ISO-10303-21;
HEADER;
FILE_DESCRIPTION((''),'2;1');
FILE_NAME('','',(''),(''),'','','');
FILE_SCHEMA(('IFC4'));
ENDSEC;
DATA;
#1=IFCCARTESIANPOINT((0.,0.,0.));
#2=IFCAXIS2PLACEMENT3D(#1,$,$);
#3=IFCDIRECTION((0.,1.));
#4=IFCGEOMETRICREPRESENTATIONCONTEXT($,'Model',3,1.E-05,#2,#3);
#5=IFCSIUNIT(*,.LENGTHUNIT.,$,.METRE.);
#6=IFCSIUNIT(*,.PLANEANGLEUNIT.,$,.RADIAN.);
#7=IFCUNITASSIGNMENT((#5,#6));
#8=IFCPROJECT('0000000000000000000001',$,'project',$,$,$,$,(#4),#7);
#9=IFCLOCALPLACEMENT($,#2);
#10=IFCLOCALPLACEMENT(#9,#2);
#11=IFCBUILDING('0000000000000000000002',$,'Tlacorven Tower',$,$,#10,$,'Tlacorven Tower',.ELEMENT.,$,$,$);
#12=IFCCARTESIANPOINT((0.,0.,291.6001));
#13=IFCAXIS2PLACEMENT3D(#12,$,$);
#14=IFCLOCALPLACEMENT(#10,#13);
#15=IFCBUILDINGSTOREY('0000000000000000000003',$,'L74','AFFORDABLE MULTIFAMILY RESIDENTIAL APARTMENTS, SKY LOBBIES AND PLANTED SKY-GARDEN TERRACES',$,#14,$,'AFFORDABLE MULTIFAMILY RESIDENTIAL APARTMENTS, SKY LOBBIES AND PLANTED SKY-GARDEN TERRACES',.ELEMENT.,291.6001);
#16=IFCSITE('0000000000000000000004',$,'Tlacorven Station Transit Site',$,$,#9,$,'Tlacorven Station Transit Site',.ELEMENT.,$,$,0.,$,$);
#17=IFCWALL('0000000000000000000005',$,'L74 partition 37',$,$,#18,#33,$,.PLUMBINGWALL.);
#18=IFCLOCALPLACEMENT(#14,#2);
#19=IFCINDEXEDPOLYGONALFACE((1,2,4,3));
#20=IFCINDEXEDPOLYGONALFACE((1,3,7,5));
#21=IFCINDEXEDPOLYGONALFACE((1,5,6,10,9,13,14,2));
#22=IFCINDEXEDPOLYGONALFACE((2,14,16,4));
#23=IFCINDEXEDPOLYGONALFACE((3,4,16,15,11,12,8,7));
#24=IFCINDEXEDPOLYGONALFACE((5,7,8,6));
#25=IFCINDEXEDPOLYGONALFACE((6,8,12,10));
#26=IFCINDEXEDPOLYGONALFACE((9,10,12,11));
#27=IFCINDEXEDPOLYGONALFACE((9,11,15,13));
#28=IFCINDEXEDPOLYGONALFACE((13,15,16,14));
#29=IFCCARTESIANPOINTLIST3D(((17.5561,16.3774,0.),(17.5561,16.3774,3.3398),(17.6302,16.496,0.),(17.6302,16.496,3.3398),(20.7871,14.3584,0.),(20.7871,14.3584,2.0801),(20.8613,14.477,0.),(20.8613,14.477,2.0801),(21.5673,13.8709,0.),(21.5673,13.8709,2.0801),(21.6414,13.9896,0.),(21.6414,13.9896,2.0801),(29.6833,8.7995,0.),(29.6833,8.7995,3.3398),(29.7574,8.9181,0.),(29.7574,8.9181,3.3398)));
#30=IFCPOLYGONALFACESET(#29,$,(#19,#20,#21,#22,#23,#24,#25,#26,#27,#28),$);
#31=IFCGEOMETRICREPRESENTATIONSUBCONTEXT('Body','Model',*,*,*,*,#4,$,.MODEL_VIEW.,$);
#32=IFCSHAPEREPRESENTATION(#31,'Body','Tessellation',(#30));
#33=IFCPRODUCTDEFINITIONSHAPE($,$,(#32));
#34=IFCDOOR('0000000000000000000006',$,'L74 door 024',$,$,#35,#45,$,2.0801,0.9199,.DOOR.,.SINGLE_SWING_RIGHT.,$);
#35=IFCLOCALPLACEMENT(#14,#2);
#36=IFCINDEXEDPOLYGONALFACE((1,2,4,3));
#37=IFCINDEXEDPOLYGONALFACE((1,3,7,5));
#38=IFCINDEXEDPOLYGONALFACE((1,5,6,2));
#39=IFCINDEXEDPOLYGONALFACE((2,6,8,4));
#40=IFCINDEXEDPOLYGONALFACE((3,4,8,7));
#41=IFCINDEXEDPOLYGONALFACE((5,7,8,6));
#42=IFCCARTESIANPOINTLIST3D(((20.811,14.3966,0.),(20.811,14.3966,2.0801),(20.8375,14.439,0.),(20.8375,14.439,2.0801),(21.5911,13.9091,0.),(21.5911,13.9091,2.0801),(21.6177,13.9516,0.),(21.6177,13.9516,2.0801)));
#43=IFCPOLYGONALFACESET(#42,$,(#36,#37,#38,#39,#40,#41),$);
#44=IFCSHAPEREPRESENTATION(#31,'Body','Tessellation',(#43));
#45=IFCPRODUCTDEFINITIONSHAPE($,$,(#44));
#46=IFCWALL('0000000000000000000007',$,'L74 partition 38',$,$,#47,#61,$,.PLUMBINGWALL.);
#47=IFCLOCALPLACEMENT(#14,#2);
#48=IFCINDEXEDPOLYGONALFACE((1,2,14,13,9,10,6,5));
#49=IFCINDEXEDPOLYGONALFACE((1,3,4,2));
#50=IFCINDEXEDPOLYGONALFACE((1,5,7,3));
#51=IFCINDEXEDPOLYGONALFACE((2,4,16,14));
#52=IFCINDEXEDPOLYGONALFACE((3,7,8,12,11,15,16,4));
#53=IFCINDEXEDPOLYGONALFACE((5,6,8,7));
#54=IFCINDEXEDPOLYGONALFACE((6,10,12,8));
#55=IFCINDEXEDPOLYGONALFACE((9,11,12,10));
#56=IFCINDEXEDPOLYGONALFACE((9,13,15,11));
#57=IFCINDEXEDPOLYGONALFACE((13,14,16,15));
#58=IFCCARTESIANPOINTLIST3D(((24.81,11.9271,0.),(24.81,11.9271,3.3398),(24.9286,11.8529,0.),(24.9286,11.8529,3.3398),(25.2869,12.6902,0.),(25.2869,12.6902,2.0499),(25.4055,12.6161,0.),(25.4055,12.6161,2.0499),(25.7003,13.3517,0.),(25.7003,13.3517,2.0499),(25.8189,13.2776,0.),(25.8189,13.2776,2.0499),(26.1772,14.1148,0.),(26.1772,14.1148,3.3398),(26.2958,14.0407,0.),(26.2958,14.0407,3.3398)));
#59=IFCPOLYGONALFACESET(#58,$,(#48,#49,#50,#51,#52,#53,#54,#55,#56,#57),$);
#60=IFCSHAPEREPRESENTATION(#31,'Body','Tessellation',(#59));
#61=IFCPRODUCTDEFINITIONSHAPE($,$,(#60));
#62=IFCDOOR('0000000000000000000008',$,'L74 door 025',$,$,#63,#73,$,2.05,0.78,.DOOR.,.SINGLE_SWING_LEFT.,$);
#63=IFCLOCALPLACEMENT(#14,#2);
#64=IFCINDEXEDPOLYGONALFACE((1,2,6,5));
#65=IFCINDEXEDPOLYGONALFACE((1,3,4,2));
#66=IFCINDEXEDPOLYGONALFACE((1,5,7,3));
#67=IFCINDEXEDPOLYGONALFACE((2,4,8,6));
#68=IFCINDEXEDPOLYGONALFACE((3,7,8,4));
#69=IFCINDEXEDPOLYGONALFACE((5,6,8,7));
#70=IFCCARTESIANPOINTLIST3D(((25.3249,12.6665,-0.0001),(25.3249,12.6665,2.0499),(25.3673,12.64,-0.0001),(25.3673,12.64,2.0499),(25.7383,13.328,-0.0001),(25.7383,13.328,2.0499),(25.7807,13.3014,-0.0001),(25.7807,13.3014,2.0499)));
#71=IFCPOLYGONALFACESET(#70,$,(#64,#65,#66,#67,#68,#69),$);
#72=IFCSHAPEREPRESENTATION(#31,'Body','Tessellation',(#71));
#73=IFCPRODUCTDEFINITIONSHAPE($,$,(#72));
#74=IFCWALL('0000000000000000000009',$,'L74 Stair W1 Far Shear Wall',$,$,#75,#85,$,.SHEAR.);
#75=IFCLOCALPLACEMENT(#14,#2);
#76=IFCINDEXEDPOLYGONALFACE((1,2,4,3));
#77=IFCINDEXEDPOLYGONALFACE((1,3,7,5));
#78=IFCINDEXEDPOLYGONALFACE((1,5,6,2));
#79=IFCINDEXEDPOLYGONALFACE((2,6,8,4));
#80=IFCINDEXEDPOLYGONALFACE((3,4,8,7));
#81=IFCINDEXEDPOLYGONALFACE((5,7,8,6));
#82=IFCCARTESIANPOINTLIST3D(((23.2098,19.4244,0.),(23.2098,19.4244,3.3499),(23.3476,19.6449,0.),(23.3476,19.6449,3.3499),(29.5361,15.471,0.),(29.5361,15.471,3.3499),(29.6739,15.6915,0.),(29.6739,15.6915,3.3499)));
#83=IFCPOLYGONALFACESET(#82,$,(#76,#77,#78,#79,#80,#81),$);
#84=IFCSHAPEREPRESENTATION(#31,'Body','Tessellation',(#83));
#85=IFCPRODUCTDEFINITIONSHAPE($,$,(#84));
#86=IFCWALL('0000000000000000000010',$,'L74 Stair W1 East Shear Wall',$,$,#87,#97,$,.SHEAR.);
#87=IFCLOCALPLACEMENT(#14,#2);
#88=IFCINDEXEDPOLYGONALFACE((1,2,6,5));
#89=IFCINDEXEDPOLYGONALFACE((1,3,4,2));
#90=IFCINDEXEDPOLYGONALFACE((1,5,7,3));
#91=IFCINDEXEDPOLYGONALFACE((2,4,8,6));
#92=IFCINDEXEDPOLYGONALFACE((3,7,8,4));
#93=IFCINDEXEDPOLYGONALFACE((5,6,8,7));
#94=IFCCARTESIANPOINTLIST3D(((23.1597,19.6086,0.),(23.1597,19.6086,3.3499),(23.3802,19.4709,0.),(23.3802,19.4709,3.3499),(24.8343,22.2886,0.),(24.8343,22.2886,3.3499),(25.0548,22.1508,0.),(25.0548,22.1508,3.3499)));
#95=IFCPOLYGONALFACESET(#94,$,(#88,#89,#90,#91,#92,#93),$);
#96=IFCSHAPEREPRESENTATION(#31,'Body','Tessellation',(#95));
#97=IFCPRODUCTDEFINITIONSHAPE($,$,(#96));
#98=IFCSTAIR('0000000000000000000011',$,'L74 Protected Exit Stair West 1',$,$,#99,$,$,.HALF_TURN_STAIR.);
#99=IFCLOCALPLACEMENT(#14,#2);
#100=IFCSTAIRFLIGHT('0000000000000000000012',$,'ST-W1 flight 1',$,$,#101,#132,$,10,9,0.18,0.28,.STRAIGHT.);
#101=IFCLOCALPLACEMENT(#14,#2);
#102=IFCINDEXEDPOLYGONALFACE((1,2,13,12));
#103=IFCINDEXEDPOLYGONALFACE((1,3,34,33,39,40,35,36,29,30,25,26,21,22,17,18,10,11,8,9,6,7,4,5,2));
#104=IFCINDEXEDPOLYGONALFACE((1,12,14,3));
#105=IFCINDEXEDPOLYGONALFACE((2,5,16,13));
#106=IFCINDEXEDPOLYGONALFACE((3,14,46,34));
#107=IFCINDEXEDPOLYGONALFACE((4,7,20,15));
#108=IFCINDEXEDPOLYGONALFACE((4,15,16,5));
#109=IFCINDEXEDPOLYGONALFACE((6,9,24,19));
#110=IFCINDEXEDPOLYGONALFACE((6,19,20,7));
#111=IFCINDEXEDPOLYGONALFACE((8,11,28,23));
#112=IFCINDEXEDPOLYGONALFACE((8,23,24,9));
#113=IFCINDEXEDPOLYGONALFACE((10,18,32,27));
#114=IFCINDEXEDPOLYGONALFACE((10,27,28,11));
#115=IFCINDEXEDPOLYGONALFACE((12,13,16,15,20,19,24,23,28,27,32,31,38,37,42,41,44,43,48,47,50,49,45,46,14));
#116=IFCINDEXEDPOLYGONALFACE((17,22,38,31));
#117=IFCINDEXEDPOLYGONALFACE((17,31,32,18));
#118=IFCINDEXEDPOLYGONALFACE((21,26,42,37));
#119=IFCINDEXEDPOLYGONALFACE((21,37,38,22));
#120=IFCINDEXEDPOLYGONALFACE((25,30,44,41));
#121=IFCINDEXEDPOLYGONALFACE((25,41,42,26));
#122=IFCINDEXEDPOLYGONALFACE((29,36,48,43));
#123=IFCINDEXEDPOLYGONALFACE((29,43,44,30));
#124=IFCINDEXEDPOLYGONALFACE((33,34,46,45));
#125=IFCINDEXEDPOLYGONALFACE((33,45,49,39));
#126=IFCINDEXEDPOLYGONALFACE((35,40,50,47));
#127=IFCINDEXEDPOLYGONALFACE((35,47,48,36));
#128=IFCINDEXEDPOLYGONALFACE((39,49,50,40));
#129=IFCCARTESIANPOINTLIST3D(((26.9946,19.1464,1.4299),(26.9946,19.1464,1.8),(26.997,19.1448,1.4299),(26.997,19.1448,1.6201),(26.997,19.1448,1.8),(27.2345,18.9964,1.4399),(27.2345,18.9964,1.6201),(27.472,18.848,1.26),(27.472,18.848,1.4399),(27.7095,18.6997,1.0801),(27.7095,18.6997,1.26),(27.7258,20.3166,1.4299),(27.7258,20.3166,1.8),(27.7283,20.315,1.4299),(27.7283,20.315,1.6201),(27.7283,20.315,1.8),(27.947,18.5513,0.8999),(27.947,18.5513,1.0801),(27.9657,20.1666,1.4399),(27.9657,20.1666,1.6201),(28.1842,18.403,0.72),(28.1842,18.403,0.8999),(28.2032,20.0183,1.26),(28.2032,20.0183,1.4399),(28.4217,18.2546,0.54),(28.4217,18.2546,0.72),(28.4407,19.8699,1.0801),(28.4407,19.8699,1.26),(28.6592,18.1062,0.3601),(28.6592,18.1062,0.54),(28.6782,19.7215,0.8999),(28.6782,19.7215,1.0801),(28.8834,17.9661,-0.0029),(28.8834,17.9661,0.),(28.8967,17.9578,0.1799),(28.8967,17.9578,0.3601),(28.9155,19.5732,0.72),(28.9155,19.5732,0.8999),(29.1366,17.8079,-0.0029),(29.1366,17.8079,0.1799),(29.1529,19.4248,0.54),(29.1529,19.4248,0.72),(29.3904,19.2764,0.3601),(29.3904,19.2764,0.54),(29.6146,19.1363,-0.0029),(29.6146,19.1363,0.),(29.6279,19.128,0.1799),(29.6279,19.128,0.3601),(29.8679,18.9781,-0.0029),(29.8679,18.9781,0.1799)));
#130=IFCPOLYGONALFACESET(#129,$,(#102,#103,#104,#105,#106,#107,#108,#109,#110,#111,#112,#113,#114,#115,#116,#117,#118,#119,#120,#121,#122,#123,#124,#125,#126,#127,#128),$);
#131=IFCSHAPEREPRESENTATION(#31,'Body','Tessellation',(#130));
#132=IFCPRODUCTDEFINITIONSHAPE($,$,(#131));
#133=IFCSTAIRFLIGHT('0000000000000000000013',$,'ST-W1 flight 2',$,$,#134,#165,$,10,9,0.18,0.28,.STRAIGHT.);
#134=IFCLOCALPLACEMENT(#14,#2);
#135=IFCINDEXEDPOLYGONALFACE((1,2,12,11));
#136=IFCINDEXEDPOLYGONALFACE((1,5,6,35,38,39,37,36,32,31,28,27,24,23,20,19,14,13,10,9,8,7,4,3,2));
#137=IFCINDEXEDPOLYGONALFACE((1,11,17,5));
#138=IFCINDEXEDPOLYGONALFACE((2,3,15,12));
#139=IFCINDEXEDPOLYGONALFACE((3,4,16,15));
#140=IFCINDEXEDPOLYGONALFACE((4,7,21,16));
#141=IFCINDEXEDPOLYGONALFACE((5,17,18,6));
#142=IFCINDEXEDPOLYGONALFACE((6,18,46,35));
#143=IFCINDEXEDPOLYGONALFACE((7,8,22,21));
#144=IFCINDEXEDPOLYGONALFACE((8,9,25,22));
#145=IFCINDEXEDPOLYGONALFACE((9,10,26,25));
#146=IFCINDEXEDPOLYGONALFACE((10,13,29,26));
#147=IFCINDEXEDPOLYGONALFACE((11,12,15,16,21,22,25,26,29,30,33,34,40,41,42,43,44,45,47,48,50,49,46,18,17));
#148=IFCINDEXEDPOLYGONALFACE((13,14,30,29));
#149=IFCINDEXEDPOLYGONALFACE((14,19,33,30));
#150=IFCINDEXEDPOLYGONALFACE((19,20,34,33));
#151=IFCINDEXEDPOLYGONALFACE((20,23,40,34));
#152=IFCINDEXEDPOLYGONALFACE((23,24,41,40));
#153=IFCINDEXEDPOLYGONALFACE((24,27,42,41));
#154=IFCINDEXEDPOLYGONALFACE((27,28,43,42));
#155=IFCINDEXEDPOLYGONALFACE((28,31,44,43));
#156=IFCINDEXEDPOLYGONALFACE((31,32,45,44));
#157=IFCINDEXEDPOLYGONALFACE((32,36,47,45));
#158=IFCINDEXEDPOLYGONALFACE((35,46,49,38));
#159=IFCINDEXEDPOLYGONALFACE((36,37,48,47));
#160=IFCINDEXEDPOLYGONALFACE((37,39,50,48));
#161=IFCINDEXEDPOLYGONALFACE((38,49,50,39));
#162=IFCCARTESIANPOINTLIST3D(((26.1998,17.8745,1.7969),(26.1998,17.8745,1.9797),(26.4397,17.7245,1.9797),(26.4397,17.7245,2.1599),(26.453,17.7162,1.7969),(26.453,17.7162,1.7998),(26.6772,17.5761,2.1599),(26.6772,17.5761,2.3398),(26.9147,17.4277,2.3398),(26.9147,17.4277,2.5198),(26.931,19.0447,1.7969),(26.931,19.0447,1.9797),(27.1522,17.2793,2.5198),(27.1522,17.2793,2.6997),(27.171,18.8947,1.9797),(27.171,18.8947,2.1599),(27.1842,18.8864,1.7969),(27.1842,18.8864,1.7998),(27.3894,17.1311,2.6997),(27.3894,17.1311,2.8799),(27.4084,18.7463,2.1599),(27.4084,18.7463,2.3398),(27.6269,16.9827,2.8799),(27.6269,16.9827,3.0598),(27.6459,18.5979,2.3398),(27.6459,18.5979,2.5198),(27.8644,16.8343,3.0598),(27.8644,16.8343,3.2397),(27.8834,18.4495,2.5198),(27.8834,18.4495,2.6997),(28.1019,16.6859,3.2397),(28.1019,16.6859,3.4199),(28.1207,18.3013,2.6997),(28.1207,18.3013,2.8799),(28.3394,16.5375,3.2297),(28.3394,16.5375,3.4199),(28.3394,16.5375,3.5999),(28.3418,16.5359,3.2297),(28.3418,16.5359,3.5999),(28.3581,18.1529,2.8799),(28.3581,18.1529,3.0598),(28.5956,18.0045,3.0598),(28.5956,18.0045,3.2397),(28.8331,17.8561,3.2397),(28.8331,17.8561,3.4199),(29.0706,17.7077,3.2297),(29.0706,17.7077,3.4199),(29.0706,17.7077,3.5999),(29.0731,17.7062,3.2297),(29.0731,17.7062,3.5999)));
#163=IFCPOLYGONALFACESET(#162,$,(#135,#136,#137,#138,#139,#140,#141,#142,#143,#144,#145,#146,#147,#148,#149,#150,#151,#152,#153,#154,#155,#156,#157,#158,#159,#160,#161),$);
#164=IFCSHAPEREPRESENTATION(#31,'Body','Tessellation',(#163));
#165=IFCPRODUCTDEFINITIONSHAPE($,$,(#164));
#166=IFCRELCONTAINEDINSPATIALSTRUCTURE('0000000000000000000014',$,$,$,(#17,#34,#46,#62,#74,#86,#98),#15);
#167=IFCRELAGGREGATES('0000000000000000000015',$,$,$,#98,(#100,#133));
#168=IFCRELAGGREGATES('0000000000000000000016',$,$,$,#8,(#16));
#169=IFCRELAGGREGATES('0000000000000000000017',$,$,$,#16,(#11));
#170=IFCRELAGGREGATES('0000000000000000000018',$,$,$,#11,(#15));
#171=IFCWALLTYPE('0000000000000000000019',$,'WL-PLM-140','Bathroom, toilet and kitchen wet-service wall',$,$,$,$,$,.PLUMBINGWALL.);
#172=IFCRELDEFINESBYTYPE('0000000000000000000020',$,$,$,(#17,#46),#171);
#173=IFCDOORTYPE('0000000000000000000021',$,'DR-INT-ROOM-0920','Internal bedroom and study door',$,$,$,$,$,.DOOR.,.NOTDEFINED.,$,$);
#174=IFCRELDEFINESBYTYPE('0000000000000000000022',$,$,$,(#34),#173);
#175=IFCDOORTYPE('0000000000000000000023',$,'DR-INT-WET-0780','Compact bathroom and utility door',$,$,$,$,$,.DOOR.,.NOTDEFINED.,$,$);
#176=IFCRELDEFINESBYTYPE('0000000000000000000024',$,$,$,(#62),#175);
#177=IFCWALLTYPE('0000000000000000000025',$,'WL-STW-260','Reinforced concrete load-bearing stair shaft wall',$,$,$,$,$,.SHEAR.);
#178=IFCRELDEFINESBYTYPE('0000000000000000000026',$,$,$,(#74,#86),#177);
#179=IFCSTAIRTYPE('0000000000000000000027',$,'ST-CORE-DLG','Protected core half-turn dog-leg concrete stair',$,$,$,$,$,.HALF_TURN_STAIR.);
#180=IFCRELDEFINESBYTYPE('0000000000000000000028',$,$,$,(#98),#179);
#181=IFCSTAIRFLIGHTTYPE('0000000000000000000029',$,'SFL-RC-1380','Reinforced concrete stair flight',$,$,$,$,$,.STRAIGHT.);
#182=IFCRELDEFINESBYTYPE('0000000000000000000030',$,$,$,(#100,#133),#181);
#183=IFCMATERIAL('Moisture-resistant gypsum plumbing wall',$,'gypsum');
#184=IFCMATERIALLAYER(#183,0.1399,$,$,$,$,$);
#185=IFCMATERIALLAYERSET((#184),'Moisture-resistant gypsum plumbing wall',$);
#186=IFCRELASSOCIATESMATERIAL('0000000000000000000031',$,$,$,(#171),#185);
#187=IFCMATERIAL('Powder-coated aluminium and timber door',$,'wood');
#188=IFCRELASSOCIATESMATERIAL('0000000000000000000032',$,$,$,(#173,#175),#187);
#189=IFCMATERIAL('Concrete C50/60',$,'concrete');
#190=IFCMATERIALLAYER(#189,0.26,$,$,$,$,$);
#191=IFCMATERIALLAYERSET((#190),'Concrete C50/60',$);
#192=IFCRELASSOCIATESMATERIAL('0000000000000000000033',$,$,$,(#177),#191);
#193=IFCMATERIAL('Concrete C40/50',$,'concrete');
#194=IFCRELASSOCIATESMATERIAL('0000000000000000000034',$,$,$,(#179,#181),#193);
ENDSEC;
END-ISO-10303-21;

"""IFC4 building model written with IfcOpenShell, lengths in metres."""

from ifc_helpers import new_model, si_unit, direction, frame, frame_2d, origin, place, context, subcontext, project, spatial, polyline, rectangle, outline, extrude, source, transform, mapped, material, layer, layer_set, type_object, element, fill, aggregate, save


model = new_model("IFC4")

# Units and contexts
model_context = context("Model", 3, precision=1e-05, world=origin(), true_north=direction((0.0, 1.0)))
body_context = subcontext(model_context, "Body", "Model", "MODEL_VIEW")
ifc_project = project(units=[si_unit("LENGTHUNIT", "METRE"), si_unit("PLANEANGLEUNIT", "RADIAN")], contexts=[model_context])

# Site, building, storey
site_placement = place(None, origin())
site = spatial("IfcSite", under=ifc_project, at=site_placement, Name="Tlacorven Station Transit Site", LongName="Tlacorven Station Transit Site", CompositionType="ELEMENT", RefElevation=0.0)
building_placement = place(site_placement, origin())
building = spatial("IfcBuilding", under=site, at=building_placement, Name="Tlacorven Tower", LongName="Tlacorven Tower", CompositionType="ELEMENT")
storey_placement = place(building_placement, frame((0.0, 0.0, 291.6001)))
storey = spatial("IfcBuildingStorey", under=building, at=storey_placement, Name="L74", Description="AFFORDABLE MULTIFAMILY RESIDENTIAL APARTMENTS, SKY LOBBIES AND PLANTED SKY-GARDEN TERRACES", LongName="AFFORDABLE MULTIFAMILY RESIDENTIAL APARTMENTS, SKY LOBBIES AND PLANTED SKY-GARDEN TERRACES", CompositionType="ELEMENT", Elevation=291.6001)

# Shared definitions
ifc_material_1 = material(Name="Powder-coated aluminium and timber door", Category="wood")

# Walls, openings, doors
ifc_material_2 = material(Name="Moisture-resistant gypsum plumbing wall", Category="gypsum")
ifc_layer_1 = layer(ifc_material_2, 0.1399)
ifc_layer_set_1 = layer_set([ifc_layer_1], Name="Moisture-resistant gypsum plumbing wall")
wall_type_1 = type_object("IfcWallType", Name="WL-PLM-140", Description="Bathroom, toilet and kitchen wet-service wall", PredefinedType="PLUMBINGWALL", material=ifc_layer_set_1)
wall_1_placement = place(storey_placement, frame((29.7202, 8.8589, 0.0), z_axis=(0.0, 0.0, 1.0), x_axis=(-0.848049, 0.529918, 0.0)))
wall_1 = element("IfcWall", 1, at=wall_1_placement, inside=storey, type_object=wall_type_1, Name="L74 partition 37", PredefinedType="PLUMBINGWALL", context=body_context, shape_type="SweptSolid", body=[
    extrude(rectangle(XDim=14.3, YDim=0.1399, at=frame_2d((7.1499, 0.0))), origin(), (0.0, 0.0, 1.0), 3.3398),
])
opening_1_placement = place(wall_1_placement, frame((9.5701, 0.0, 0.0)))
opening_1 = element("IfcOpeningElement", 2, at=opening_1_placement, cuts=wall_1, PredefinedType="OPENING", context=body_context, shape_type="SweptSolid", body=[
    extrude(rectangle(XDim=0.9199, YDim=2.0801, at=frame_2d((0.46, 1.04))), frame((0.0, 0.0801, 0.0), z_axis=(0.0, -1.0, 0.0), x_axis=(1.0, 0.0, 0.0)), (0.0, 0.0, 1.0), 0.1599),
])
door_type_1 = type_object("IfcDoorType", Name="DR-INT-ROOM-0920", Description="Internal bedroom and study door", OperationType="NOTDEFINED", PredefinedType="DOOR", material=ifc_material_1)
shared_shape_1 = source(origin(), body_context, "Body", "SweptSolid", [
    extrude(rectangle(XDim=0.9199, YDim=2.0801, at=frame_2d((0.46, 1.04))), frame((0.0, 0.0249, 0.0), z_axis=(0.0, -1.0, 0.0), x_axis=(1.0, 0.0, 0.0)), (0.0, 0.0, 1.0), 0.05),
])
door_1_placement = place(opening_1_placement, origin())
door_1 = element("IfcDoor", 3, at=door_1_placement, inside=storey, type_object=door_type_1, Name="L74 door 024", OperationType="SINGLE_SWING_RIGHT", OverallHeight=2.0801, OverallWidth=0.9199, PredefinedType="DOOR", context=body_context, shape_type="MappedRepresentation", body=[
    mapped(shared_shape_1, transform((0.0, 0.0, 0.0), scale=1.0)),
])
fill(opening_1, door_1)
wall_2_placement = place(storey_placement, frame((26.2366, 14.0779, 0.0), z_axis=(0.0, 0.0, 1.0), x_axis=(-0.529956, -0.848025, 0.0)))
wall_2 = element("IfcWall", 4, at=wall_2_placement, inside=storey, type_object=wall_type_1, Name="L74 partition 38", PredefinedType="PLUMBINGWALL", context=body_context, shape_type="SweptSolid", body=[
    extrude(rectangle(XDim=2.5798, YDim=0.1399, at=frame_2d((1.29, 0.0))), origin(), (0.0, 0.0, 1.0), 3.3398),
])
opening_2_placement = place(wall_2_placement, frame((0.8999, 0.0, 0.0)))
opening_2 = element("IfcOpeningElement", 5, at=opening_2_placement, cuts=wall_2, PredefinedType="OPENING", context=body_context, shape_type="SweptSolid", body=[
    extrude(rectangle(XDim=0.78, YDim=2.05, at=frame_2d((0.3901, 1.0249))), frame((0.0, 0.0801, 0.0), z_axis=(0.0, -1.0, 0.0), x_axis=(1.0, 0.0, 0.0)), (0.0, 0.0, 1.0), 0.1599),
])
door_type_2 = type_object("IfcDoorType", Name="DR-INT-WET-0780", Description="Compact bathroom and utility door", OperationType="NOTDEFINED", PredefinedType="DOOR", material=ifc_material_1)
shared_shape_2 = source(origin(), body_context, "Body", "SweptSolid", [
    extrude(rectangle(XDim=0.78, YDim=2.05, at=frame_2d((0.3901, 1.0249))), frame((0.0, 0.0249, 0.0), z_axis=(0.0, -1.0, 0.0), x_axis=(1.0, 0.0, 0.0)), (0.0, 0.0, 1.0), 0.05),
])
door_2_placement = place(opening_2_placement, origin())
door_2 = element("IfcDoor", 6, at=door_2_placement, inside=storey, type_object=door_type_2, Name="L74 door 025", OperationType="SINGLE_SWING_LEFT", OverallHeight=2.05, OverallWidth=0.78, PredefinedType="DOOR", context=body_context, shape_type="MappedRepresentation", body=[
    mapped(shared_shape_2, transform((0.0, 0.0, 0.0), scale=1.0)),
])
fill(opening_2, door_2)

# Walls
ifc_material_3 = material(Name="Concrete C50/60", Category="concrete")
ifc_layer_2 = layer(ifc_material_3, 0.26)
ifc_layer_set_2 = layer_set([ifc_layer_2], Name="Concrete C50/60")
wall_type_2 = type_object("IfcWallType", Name="WL-STW-260", Description="Reinforced concrete load-bearing stair shaft wall", PredefinedType="SHEAR", material=ifc_layer_set_2)
wall_3_placement = place(storey_placement, frame((29.605, 15.5813, 0.0), z_axis=(0.0, 0.0, 1.0), x_axis=(-0.848037, 0.529937, 0.0)))
element("IfcWall", 7, at=wall_3_placement, inside=storey, type_object=wall_type_2, Name="L74 Stair W1 Far Shear Wall", PredefinedType="SHEAR", context=body_context, shape_type="SweptSolid", body=[
    extrude(rectangle(XDim=7.46, YDim=0.26, at=frame_2d((3.73, 0.0))), origin(), (0.0, 0.0, 1.0), 3.3499),
])
wall_4_placement = place(storey_placement, frame((24.9446, 22.2197, 0.0), z_axis=(0.0, 0.0, 1.0), x_axis=(-0.529909, -0.848055, 0.0)))
element("IfcWall", 8, at=wall_4_placement, inside=storey, type_object=wall_type_2, Name="L74 Stair W1 East Shear Wall", PredefinedType="SHEAR", context=body_context, shape_type="SweptSolid", body=[
    extrude(rectangle(XDim=3.1602, YDim=0.26, at=frame_2d((1.5801, 0.0))), origin(), (0.0, 0.0, 1.0), 3.3499),
])

# Stair, stair flights
ifc_material_4 = material(Name="Concrete C40/50", Category="concrete")
stair_type = type_object("IfcStairType", Name="ST-CORE-DLG", Description="Protected core half-turn dog-leg concrete stair", PredefinedType="HALF_TURN_STAIR", material=ifc_material_4)
stair_placement = place(storey_placement, origin())
stair = element("IfcStair", 9, at=stair_placement, inside=storey, type_object=stair_type, Name="L74 Protected Exit Stair West 1", PredefinedType="HALF_TURN_STAIR")
stair_flight_type = type_object("IfcStairFlightType", Name="SFL-RC-1380", Description="Reinforced concrete stair flight", PredefinedType="STRAIGHT", material=ifc_material_4)
shared_shape_3 = source(origin(), body_context, "Body", "SweptSolid", [
    extrude(outline(polyline([(-0.0029, -0.0029), (-0.0029, 0.1799), (0.28, 0.1799), (0.28, 0.3601), (0.5601, 0.3601), (0.5601, 0.54), (0.8401, 0.54), (0.8401, 0.72), (1.1201, 0.72), (1.1201, 0.8999), (1.3999, 0.8999), (1.3999, 1.0801), (1.6799, 1.0801), (1.6799, 1.26), (1.96, 1.26), (1.96, 1.4399), (2.24, 1.4399), (2.24, 1.6201), (2.52, 1.6201), (2.52, 1.8), (2.5229, 1.8), (2.5229, 1.4299), (2.52, 1.4299), (0.2957, 0.0), (0.2957, -0.0029), (-0.0029, -0.0029)])), frame((0.0, 0.6899, 0.0), z_axis=(0.0, -1.0, 0.0), x_axis=(1.0, 0.0, 0.0)), (0.0, 0.0, 1.0), 1.3799),
])
stair_flight_1_placement = place(storey_placement, frame((29.4998, 18.3945, 0.0), z_axis=(0.0, 0.0, 1.0), x_axis=(-0.848048, 0.529919, 0.0)))
stair_flight_1 = element("IfcStairFlight", 10, at=stair_flight_1_placement, type_object=stair_flight_type, Name="ST-W1 flight 1", NumberOfRisers=10, NumberOfTreads=9, PredefinedType="STRAIGHT", RiserHeight=0.18, TreadLength=0.28, context=body_context, shape_type="MappedRepresentation", body=[
    mapped(shared_shape_3, transform((0.0, 0.0, 0.0), scale=1.0)),
])
stair_flight_2_placement = place(storey_placement, frame((26.5679, 18.458, 1.7998), z_axis=(0.0, 0.0, 1.0), x_axis=(0.848048, -0.529919, 0.0)))
stair_flight_2 = element("IfcStairFlight", 11, at=stair_flight_2_placement, type_object=stair_flight_type, Name="ST-W1 flight 2", NumberOfRisers=10, NumberOfTreads=9, PredefinedType="STRAIGHT", RiserHeight=0.18, TreadLength=0.28, context=body_context, shape_type="MappedRepresentation", body=[
    mapped(shared_shape_3, transform((0.0, 0.0, 0.0), scale=1.0)),
])
aggregate(stair, [stair_flight_1, stair_flight_2])

save(model, "model.ifc")
